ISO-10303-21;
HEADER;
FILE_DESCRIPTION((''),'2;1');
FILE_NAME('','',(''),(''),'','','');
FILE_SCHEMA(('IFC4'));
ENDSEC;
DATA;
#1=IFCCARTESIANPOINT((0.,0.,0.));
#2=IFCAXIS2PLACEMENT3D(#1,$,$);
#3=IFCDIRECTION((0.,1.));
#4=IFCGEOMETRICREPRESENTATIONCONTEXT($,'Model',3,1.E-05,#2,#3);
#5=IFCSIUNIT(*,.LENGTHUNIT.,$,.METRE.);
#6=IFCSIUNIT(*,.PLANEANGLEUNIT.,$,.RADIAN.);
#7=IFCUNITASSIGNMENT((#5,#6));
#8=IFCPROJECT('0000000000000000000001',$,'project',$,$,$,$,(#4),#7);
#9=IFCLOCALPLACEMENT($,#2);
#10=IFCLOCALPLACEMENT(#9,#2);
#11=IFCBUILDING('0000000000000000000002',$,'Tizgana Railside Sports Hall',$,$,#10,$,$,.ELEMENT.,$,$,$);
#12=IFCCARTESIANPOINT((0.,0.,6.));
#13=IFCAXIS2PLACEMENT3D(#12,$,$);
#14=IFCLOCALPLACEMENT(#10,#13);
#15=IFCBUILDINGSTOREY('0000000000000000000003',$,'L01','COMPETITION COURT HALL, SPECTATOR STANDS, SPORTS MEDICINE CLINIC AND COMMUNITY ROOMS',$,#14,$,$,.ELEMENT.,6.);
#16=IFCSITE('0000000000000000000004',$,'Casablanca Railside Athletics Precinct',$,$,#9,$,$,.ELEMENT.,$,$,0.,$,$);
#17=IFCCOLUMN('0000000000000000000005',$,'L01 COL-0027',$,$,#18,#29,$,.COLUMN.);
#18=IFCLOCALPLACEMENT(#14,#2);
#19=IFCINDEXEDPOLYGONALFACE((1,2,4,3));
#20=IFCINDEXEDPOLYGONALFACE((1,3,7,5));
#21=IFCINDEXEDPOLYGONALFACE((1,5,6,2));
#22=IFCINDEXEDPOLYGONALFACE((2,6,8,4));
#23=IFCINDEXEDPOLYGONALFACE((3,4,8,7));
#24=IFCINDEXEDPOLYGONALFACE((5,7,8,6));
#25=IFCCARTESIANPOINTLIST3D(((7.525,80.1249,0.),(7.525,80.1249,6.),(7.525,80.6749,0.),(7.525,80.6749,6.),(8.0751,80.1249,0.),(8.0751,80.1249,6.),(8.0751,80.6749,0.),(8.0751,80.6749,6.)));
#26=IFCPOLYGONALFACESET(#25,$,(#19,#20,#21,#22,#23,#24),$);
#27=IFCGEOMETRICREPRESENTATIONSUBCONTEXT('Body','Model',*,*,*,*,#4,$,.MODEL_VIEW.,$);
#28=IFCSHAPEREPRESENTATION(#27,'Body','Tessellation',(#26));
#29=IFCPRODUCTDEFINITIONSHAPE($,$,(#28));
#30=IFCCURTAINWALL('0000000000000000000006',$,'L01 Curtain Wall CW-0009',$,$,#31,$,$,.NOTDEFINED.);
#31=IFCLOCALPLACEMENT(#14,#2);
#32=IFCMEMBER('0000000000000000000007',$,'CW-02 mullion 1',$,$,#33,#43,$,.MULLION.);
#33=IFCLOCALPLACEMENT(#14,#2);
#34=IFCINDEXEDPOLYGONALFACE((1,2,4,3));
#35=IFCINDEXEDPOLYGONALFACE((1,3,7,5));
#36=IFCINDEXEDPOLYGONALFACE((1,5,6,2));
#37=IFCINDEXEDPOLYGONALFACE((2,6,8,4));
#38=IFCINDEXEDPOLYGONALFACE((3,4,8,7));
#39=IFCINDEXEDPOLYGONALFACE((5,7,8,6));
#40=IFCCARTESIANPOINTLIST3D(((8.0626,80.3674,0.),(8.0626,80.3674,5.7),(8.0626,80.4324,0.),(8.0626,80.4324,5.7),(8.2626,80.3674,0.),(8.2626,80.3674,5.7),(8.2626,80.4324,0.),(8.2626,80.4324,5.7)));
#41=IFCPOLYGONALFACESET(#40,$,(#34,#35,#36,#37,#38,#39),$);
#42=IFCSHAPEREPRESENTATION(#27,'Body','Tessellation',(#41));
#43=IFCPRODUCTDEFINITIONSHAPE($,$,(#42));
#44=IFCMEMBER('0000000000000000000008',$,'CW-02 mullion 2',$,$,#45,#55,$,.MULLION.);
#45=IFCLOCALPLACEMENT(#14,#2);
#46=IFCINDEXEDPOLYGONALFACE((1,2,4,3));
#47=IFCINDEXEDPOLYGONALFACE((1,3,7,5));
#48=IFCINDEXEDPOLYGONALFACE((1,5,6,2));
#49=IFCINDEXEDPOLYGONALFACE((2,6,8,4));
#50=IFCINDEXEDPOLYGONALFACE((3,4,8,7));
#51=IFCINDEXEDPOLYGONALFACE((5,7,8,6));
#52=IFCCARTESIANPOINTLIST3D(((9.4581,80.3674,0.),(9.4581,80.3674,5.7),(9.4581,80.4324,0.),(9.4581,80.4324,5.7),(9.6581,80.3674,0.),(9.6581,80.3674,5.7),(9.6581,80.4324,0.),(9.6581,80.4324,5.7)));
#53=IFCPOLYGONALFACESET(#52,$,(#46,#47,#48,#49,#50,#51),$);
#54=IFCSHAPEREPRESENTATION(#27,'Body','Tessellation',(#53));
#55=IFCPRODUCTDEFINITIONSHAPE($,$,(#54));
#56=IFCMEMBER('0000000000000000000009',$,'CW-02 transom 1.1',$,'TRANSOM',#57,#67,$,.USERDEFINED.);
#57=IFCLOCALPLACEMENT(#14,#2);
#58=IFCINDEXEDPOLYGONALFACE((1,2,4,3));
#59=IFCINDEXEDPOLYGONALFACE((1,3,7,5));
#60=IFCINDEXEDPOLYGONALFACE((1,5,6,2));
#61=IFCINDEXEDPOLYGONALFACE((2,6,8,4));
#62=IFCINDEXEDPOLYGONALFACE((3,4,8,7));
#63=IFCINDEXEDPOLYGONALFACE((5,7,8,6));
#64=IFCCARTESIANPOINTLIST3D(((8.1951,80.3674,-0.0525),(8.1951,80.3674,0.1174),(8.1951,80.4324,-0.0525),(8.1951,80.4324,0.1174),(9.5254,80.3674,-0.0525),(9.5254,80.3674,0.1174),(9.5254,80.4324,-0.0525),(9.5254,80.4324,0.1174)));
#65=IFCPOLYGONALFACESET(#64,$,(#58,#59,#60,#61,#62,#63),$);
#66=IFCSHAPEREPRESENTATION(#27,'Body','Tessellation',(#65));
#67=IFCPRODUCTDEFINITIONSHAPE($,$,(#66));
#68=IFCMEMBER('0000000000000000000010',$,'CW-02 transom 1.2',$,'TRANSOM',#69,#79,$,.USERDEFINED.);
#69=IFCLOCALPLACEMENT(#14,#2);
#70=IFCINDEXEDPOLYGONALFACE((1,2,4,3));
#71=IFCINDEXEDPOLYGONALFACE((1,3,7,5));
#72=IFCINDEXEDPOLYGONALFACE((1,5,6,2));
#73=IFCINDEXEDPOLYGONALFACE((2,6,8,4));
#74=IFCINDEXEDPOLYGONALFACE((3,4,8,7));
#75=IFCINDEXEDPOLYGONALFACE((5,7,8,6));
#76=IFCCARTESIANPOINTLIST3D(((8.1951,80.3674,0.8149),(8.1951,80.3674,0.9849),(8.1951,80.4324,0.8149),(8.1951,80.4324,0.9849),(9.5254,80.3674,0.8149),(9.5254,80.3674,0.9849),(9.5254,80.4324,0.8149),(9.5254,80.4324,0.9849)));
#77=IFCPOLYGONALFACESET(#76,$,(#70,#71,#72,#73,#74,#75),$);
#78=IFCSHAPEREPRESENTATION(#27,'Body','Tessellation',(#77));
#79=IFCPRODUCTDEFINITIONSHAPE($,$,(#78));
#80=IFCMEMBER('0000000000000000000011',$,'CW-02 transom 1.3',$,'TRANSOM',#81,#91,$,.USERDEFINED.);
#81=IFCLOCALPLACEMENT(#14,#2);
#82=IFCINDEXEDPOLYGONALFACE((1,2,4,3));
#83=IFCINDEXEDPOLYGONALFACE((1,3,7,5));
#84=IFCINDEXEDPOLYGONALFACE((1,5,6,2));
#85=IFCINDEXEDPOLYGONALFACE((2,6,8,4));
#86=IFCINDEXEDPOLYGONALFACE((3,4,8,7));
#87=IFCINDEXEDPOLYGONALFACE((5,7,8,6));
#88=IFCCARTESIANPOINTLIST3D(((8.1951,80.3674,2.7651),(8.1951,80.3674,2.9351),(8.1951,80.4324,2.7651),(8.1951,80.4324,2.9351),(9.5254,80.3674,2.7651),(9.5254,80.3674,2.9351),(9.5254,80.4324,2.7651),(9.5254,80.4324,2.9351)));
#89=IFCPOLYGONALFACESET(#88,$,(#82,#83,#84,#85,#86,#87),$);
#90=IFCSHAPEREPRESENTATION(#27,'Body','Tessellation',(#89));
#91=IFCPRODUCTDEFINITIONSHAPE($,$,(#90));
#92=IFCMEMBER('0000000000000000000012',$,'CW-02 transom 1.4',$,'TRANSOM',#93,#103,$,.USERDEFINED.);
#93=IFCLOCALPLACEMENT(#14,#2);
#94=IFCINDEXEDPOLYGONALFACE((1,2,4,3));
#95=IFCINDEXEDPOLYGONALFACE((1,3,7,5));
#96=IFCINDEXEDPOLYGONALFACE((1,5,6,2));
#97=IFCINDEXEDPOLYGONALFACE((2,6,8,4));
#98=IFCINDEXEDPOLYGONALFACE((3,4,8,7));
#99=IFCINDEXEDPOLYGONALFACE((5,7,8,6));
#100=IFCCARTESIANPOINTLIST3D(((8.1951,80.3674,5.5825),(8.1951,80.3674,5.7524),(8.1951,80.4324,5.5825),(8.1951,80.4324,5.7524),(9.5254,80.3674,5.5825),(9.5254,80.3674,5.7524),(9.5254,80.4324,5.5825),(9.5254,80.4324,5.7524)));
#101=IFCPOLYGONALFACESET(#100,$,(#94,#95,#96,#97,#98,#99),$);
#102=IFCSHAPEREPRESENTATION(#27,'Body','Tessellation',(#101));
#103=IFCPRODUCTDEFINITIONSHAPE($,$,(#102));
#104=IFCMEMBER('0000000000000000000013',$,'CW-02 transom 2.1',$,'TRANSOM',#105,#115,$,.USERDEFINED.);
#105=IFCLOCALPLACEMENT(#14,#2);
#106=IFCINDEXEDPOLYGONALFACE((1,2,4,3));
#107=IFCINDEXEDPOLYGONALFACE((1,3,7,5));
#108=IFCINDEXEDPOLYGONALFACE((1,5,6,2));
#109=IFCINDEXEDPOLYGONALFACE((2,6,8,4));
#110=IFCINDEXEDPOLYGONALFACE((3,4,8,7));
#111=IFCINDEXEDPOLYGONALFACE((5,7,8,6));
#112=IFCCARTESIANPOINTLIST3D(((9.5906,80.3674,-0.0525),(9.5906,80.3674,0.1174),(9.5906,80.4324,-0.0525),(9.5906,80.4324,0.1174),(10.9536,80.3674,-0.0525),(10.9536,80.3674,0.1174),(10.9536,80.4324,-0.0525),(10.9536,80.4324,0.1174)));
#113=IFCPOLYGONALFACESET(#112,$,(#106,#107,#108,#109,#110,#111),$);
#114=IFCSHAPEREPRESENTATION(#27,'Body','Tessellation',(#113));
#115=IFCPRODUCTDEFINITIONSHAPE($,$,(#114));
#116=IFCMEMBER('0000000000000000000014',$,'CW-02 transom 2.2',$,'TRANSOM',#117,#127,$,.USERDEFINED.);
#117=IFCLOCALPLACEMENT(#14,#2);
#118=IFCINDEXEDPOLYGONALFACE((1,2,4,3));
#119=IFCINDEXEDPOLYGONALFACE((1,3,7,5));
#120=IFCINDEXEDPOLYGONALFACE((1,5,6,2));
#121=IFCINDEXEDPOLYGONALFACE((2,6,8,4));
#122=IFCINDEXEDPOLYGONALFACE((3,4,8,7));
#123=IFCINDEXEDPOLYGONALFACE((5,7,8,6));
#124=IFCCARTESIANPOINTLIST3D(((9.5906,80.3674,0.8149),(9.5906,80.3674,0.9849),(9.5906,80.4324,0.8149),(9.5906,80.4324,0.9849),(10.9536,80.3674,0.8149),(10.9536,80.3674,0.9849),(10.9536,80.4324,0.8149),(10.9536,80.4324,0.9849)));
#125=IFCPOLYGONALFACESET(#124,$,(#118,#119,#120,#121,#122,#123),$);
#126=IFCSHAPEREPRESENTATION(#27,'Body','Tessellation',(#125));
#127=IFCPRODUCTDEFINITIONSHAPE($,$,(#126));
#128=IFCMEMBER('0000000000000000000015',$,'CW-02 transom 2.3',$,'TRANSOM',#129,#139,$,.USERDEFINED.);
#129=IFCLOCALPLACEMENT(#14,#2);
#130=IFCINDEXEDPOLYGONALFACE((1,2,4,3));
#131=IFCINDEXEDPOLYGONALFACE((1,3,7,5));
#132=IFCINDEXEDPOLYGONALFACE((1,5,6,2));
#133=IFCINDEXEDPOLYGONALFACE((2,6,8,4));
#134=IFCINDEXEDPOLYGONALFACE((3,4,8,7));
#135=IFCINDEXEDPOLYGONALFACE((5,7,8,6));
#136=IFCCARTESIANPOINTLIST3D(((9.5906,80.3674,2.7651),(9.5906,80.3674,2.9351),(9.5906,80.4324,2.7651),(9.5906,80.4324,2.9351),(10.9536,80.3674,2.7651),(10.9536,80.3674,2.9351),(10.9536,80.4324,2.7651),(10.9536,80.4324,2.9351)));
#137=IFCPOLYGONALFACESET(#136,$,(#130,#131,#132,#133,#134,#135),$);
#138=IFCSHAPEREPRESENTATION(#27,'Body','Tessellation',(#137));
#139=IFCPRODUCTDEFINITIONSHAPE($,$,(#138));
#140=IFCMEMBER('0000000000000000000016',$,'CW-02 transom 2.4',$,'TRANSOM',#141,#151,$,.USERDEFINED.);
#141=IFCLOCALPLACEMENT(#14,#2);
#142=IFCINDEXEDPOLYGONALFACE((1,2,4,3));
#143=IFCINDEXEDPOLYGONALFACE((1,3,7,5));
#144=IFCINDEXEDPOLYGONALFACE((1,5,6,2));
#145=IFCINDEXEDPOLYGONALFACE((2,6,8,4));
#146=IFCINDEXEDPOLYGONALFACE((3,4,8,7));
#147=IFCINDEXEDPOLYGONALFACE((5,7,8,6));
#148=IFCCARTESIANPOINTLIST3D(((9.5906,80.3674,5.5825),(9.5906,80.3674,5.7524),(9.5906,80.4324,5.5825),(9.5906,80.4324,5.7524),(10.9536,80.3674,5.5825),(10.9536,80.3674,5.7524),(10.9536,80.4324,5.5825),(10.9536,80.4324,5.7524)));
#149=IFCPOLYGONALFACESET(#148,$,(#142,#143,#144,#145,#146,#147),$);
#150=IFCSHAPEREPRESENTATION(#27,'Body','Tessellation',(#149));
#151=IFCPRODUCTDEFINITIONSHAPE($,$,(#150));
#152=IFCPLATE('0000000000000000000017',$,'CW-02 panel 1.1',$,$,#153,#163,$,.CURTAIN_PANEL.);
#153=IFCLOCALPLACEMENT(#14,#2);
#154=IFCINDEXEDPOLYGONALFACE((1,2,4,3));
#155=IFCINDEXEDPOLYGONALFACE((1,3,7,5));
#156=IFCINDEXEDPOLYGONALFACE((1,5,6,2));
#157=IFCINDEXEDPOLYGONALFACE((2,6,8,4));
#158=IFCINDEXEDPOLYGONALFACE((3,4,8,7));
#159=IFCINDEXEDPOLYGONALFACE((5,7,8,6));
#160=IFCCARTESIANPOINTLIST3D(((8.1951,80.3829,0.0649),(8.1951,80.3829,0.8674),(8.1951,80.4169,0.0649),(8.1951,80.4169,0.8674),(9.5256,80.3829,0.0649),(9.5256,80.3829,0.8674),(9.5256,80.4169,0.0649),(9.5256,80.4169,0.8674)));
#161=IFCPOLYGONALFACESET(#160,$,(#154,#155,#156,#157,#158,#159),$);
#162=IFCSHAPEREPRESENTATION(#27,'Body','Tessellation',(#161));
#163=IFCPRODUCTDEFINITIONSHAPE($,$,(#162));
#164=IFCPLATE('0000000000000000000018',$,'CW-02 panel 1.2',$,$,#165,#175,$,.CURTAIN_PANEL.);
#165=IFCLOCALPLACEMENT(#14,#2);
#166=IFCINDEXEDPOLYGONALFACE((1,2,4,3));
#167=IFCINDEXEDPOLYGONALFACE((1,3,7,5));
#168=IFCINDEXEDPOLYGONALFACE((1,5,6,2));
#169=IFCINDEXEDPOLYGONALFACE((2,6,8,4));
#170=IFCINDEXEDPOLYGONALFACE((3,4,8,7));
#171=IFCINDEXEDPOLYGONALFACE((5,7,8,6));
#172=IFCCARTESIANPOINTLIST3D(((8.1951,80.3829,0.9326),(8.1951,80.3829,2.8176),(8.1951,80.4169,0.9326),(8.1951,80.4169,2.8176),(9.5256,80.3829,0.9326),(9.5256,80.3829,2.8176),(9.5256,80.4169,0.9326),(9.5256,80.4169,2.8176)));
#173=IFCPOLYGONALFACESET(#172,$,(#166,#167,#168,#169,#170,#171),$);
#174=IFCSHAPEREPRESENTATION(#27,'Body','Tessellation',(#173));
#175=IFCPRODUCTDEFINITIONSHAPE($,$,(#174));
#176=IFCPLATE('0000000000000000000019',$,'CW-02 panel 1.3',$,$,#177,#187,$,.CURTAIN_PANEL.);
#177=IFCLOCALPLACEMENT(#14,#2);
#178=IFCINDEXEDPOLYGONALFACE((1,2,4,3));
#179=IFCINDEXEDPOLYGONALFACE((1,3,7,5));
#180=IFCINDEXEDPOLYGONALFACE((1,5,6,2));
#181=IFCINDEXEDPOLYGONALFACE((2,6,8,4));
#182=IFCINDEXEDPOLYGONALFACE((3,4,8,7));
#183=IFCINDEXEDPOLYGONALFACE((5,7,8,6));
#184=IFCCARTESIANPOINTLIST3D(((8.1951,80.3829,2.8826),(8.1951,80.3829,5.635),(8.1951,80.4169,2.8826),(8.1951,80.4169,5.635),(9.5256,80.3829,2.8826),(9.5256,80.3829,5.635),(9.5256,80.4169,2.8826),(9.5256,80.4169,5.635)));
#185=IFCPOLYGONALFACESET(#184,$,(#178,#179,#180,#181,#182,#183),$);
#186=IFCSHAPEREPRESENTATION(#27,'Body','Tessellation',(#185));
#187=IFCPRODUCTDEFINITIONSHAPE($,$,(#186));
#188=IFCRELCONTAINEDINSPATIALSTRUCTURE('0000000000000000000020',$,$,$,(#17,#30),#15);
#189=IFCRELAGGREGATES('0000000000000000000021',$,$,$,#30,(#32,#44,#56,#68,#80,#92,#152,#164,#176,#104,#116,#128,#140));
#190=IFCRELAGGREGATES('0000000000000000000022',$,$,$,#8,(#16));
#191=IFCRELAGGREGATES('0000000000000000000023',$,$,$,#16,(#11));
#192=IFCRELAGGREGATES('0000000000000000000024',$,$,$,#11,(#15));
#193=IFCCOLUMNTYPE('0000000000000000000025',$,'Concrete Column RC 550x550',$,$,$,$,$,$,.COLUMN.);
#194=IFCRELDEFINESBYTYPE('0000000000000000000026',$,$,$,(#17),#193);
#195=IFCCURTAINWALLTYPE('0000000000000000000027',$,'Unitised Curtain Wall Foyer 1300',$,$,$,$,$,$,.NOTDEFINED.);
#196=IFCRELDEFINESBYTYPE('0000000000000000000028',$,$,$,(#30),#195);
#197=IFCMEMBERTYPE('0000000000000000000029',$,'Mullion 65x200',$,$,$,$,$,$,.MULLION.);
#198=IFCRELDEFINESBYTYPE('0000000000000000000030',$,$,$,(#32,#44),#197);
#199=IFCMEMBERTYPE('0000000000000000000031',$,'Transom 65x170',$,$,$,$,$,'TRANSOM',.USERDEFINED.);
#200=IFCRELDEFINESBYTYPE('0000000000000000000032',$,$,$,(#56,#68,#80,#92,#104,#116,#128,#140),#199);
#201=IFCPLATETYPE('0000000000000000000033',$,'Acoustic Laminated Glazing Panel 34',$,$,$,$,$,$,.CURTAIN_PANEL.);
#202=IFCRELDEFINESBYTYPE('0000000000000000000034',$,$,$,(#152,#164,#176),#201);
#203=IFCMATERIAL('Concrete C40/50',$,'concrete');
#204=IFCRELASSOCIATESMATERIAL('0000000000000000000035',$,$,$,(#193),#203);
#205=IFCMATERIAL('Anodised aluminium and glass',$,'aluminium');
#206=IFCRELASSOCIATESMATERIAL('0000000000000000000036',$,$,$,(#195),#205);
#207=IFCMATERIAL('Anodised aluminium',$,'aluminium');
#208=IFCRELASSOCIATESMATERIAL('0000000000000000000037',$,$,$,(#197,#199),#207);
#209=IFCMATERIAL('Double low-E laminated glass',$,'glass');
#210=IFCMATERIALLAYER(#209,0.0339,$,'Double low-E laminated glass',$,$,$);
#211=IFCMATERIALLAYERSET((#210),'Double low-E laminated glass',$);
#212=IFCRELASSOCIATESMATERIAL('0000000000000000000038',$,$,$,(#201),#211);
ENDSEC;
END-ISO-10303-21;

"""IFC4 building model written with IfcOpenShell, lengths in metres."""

from ifc_helpers import new_model, si_unit, direction, frame, origin, origin_2d, place, context, subcontext, project, spatial, rectangle, extrude, material, layer, layer_set, material_profile, profile_set, type_object, element, aggregate, save


model = new_model("IFC4")

# Units and contexts
model_context = context("Model", 3, precision=1e-05, world=origin(), true_north=direction((0.0, 1.0)))
body_context = subcontext(model_context, "Body", "Model", "MODEL_VIEW")
ifc_project = project(units=[si_unit("LENGTHUNIT", "METRE"), si_unit("PLANEANGLEUNIT", "RADIAN")], contexts=[model_context])

# Site, building, storey
site_placement = place(None, origin())
site = spatial("IfcSite", under=ifc_project, at=site_placement, Name="Casablanca Railside Athletics Precinct", CompositionType="ELEMENT", RefElevation=0.0)
building_placement = place(site_placement, origin())
building = spatial("IfcBuilding", under=site, at=building_placement, Name="Tizgana Railside Sports Hall", CompositionType="ELEMENT")
storey_placement = place(building_placement, frame((0.0, 0.0, 6.0)))
storey = spatial("IfcBuildingStorey", under=building, at=storey_placement, Name="L01", Description="COMPETITION COURT HALL, SPECTATOR STANDS, SPORTS MEDICINE CLINIC AND COMMUNITY ROOMS", CompositionType="ELEMENT", Elevation=6.0)

# Column
ifc_material_1 = material(Name="Concrete C40/50", Category="concrete")
ifc_material_profile_1 = material_profile(ifc_material_1, rectangle(XDim=0.55, YDim=0.55, at=origin_2d()), Name="RC 550x550")
ifc_profile_set_1 = profile_set([ifc_material_profile_1], Name="Concrete C40/50")
column_type = type_object("IfcColumnType", Name="Concrete Column RC 550x550", PredefinedType="COLUMN", material=ifc_profile_set_1)
column_placement = place(storey_placement, frame((7.8, 80.3999, 0.0), z_axis=(0.0, 0.0, 1.0), x_axis=(1.0, 0.0, 0.0)))
element("IfcColumn", 1, at=column_placement, inside=storey, type_object=column_type, Name="L01 COL-0027", PredefinedType="COLUMN", context=body_context, shape_type="SweptSolid", body=[
    extrude(rectangle(XDim=0.55, YDim=0.55, at=origin_2d()), origin(), (0.0, 0.0, 1.0), 6.0),
])

# Curtain wall, members, plates
ifc_material_2 = material(Name="Anodised aluminium and glass", Category="aluminium")
curtain_wall_type = type_object("IfcCurtainWallType", Name="Unitised Curtain Wall Foyer 1300", PredefinedType="NOTDEFINED", material=ifc_material_2)
curtain_wall_placement = place(storey_placement, origin())
curtain_wall = element("IfcCurtainWall", 2, at=curtain_wall_placement, inside=storey, type_object=curtain_wall_type, Name="L01 Curtain Wall CW-0009", PredefinedType="NOTDEFINED")
ifc_material_3 = material(Name="Anodised aluminium", Category="aluminium")
ifc_material_profile_2 = material_profile(ifc_material_3, rectangle(XDim=0.0649, YDim=0.2, at=origin_2d()), Name="Mullion 65x200")
ifc_profile_set_2 = profile_set([ifc_material_profile_2], Name="Anodised aluminium")
member_type_1 = type_object("IfcMemberType", Name="Mullion 65x200", PredefinedType="MULLION", material=ifc_profile_set_2)
member_1_placement = place(storey_placement, frame((8.1626, 80.3999, 0.0), z_axis=(0.0, 0.0, 1.0), x_axis=(0.0, 1.0, 0.0)))
member_1 = element("IfcMember", 3, at=member_1_placement, type_object=member_type_1, Name="CW-02 mullion 1", PredefinedType="MULLION", context=body_context, shape_type="SweptSolid", body=[
    extrude(rectangle(XDim=0.0649, YDim=0.2, at=origin_2d()), origin(), (0.0, 0.0, 1.0), 5.7),
])
member_2_placement = place(storey_placement, frame((9.5581, 80.3999, 0.0), z_axis=(0.0, 0.0, 1.0), x_axis=(0.0, 1.0, 0.0)))
member_2 = element("IfcMember", 4, at=member_2_placement, type_object=member_type_1, Name="CW-02 mullion 2", PredefinedType="MULLION", context=body_context, shape_type="SweptSolid", body=[
    extrude(rectangle(XDim=0.0649, YDim=0.2, at=origin_2d()), origin(), (0.0, 0.0, 1.0), 5.7),
])
ifc_material_profile_3 = material_profile(ifc_material_3, rectangle(XDim=0.0649, YDim=0.1699, at=origin_2d()), Name="Transom 65x170")
ifc_profile_set_3 = profile_set([ifc_material_profile_3], Name="Anodised aluminium")
member_type_2 = type_object("IfcMemberType", Name="Transom 65x170", ElementType="TRANSOM", PredefinedType="USERDEFINED", material=ifc_profile_set_3)
member_3_placement = place(storey_placement, frame((8.1951, 80.3999, 0.0325), z_axis=(1.0, 0.0, 0.0), x_axis=(0.0, 1.0, 0.0)))
member_3 = element("IfcMember", 5, at=member_3_placement, type_object=member_type_2, Name="CW-02 transom 1.1", ObjectType="TRANSOM", PredefinedType="USERDEFINED", context=body_context, shape_type="SweptSolid", body=[
    extrude(rectangle(XDim=0.0649, YDim=0.1699, at=origin_2d()), origin(), (0.0, 0.0, 1.0), 1.3303),
])
member_4_placement = place(storey_placement, frame((8.1951, 80.3999, 0.8999), z_axis=(1.0, 0.0, 0.0), x_axis=(0.0, 1.0, 0.0)))
member_4 = element("IfcMember", 6, at=member_4_placement, type_object=member_type_2, Name="CW-02 transom 1.2", ObjectType="TRANSOM", PredefinedType="USERDEFINED", context=body_context, shape_type="SweptSolid", body=[
    extrude(rectangle(XDim=0.0649, YDim=0.1699, at=origin_2d()), origin(), (0.0, 0.0, 1.0), 1.3303),
])
member_5_placement = place(storey_placement, frame((8.1951, 80.3999, 2.8501), z_axis=(1.0, 0.0, 0.0), x_axis=(0.0, 1.0, 0.0)))
member_5 = element("IfcMember", 7, at=member_5_placement, type_object=member_type_2, Name="CW-02 transom 1.3", ObjectType="TRANSOM", PredefinedType="USERDEFINED", context=body_context, shape_type="SweptSolid", body=[
    extrude(rectangle(XDim=0.0649, YDim=0.1699, at=origin_2d()), origin(), (0.0, 0.0, 1.0), 1.3303),
])
member_6_placement = place(storey_placement, frame((8.1951, 80.3999, 5.6675), z_axis=(1.0, 0.0, 0.0), x_axis=(0.0, 1.0, 0.0)))
member_6 = element("IfcMember", 8, at=member_6_placement, type_object=member_type_2, Name="CW-02 transom 1.4", ObjectType="TRANSOM", PredefinedType="USERDEFINED", context=body_context, shape_type="SweptSolid", body=[
    extrude(rectangle(XDim=0.0649, YDim=0.1699, at=origin_2d()), origin(), (0.0, 0.0, 1.0), 1.3303),
])
member_7_placement = place(storey_placement, frame((9.5906, 80.3999, 0.0325), z_axis=(1.0, 0.0, 0.0), x_axis=(0.0, 1.0, 0.0)))
member_7 = element("IfcMember", 9, at=member_7_placement, type_object=member_type_2, Name="CW-02 transom 2.1", ObjectType="TRANSOM", PredefinedType="USERDEFINED", context=body_context, shape_type="SweptSolid", body=[
    extrude(rectangle(XDim=0.0649, YDim=0.1699, at=origin_2d()), origin(), (0.0, 0.0, 1.0), 1.363),
])
member_8_placement = place(storey_placement, frame((9.5906, 80.3999, 0.8999), z_axis=(1.0, 0.0, 0.0), x_axis=(0.0, 1.0, 0.0)))
member_8 = element("IfcMember", 10, at=member_8_placement, type_object=member_type_2, Name="CW-02 transom 2.2", ObjectType="TRANSOM", PredefinedType="USERDEFINED", context=body_context, shape_type="SweptSolid", body=[
    extrude(rectangle(XDim=0.0649, YDim=0.1699, at=origin_2d()), origin(), (0.0, 0.0, 1.0), 1.363),
])
member_9_placement = place(storey_placement, frame((9.5906, 80.3999, 2.8501), z_axis=(1.0, 0.0, 0.0), x_axis=(0.0, 1.0, 0.0)))
member_9 = element("IfcMember", 11, at=member_9_placement, type_object=member_type_2, Name="CW-02 transom 2.3", ObjectType="TRANSOM", PredefinedType="USERDEFINED", context=body_context, shape_type="SweptSolid", body=[
    extrude(rectangle(XDim=0.0649, YDim=0.1699, at=origin_2d()), origin(), (0.0, 0.0, 1.0), 1.363),
])
member_10_placement = place(storey_placement, frame((9.5906, 80.3999, 5.6675), z_axis=(1.0, 0.0, 0.0), x_axis=(0.0, 1.0, 0.0)))
member_10 = element("IfcMember", 12, at=member_10_placement, type_object=member_type_2, Name="CW-02 transom 2.4", ObjectType="TRANSOM", PredefinedType="USERDEFINED", context=body_context, shape_type="SweptSolid", body=[
    extrude(rectangle(XDim=0.0649, YDim=0.1699, at=origin_2d()), origin(), (0.0, 0.0, 1.0), 1.363),
])
ifc_material_4 = material(Name="Double low-E laminated glass", Category="glass")
ifc_layer_1 = layer(ifc_material_4, 0.0339, Name="Double low-E laminated glass")
ifc_layer_set_1 = layer_set([ifc_layer_1], Name="Double low-E laminated glass")
plate_type = type_object("IfcPlateType", Name="Acoustic Laminated Glazing Panel 34", PredefinedType="CURTAIN_PANEL", material=ifc_layer_set_1)
plate_1_placement = place(storey_placement, frame((8.8604, 80.3999, 0.0649), z_axis=(0.0, 0.0, 1.0), x_axis=(1.0, 0.0, 0.0)))
plate_1 = element("IfcPlate", 13, at=plate_1_placement, type_object=plate_type, Name="CW-02 panel 1.1", PredefinedType="CURTAIN_PANEL", context=body_context, shape_type="SweptSolid", body=[
    extrude(rectangle(XDim=1.3306, YDim=0.0339, at=origin_2d()), origin(), (0.0, 0.0, 1.0), 0.8025),
])
plate_2_placement = place(storey_placement, frame((8.8604, 80.3999, 0.9326), z_axis=(0.0, 0.0, 1.0), x_axis=(1.0, 0.0, 0.0)))
plate_2 = element("IfcPlate", 14, at=plate_2_placement, type_object=plate_type, Name="CW-02 panel 1.2", PredefinedType="CURTAIN_PANEL", context=body_context, shape_type="SweptSolid", body=[
    extrude(rectangle(XDim=1.3306, YDim=0.0339, at=origin_2d()), origin(), (0.0, 0.0, 1.0), 1.885),
])
plate_3_placement = place(storey_placement, frame((8.8604, 80.3999, 2.8826), z_axis=(0.0, 0.0, 1.0), x_axis=(1.0, 0.0, 0.0)))
plate_3 = element("IfcPlate", 15, at=plate_3_placement, type_object=plate_type, Name="CW-02 panel 1.3", PredefinedType="CURTAIN_PANEL", context=body_context, shape_type="SweptSolid", body=[
    extrude(rectangle(XDim=1.3306, YDim=0.0339, at=origin_2d()), origin(), (0.0, 0.0, 1.0), 2.7524),
])
aggregate(curtain_wall, [member_1, member_2, member_3, member_4, member_5, member_6, plate_1, plate_2, plate_3, member_7, member_8, member_9, member_10])

save(model, "model.ifc")
